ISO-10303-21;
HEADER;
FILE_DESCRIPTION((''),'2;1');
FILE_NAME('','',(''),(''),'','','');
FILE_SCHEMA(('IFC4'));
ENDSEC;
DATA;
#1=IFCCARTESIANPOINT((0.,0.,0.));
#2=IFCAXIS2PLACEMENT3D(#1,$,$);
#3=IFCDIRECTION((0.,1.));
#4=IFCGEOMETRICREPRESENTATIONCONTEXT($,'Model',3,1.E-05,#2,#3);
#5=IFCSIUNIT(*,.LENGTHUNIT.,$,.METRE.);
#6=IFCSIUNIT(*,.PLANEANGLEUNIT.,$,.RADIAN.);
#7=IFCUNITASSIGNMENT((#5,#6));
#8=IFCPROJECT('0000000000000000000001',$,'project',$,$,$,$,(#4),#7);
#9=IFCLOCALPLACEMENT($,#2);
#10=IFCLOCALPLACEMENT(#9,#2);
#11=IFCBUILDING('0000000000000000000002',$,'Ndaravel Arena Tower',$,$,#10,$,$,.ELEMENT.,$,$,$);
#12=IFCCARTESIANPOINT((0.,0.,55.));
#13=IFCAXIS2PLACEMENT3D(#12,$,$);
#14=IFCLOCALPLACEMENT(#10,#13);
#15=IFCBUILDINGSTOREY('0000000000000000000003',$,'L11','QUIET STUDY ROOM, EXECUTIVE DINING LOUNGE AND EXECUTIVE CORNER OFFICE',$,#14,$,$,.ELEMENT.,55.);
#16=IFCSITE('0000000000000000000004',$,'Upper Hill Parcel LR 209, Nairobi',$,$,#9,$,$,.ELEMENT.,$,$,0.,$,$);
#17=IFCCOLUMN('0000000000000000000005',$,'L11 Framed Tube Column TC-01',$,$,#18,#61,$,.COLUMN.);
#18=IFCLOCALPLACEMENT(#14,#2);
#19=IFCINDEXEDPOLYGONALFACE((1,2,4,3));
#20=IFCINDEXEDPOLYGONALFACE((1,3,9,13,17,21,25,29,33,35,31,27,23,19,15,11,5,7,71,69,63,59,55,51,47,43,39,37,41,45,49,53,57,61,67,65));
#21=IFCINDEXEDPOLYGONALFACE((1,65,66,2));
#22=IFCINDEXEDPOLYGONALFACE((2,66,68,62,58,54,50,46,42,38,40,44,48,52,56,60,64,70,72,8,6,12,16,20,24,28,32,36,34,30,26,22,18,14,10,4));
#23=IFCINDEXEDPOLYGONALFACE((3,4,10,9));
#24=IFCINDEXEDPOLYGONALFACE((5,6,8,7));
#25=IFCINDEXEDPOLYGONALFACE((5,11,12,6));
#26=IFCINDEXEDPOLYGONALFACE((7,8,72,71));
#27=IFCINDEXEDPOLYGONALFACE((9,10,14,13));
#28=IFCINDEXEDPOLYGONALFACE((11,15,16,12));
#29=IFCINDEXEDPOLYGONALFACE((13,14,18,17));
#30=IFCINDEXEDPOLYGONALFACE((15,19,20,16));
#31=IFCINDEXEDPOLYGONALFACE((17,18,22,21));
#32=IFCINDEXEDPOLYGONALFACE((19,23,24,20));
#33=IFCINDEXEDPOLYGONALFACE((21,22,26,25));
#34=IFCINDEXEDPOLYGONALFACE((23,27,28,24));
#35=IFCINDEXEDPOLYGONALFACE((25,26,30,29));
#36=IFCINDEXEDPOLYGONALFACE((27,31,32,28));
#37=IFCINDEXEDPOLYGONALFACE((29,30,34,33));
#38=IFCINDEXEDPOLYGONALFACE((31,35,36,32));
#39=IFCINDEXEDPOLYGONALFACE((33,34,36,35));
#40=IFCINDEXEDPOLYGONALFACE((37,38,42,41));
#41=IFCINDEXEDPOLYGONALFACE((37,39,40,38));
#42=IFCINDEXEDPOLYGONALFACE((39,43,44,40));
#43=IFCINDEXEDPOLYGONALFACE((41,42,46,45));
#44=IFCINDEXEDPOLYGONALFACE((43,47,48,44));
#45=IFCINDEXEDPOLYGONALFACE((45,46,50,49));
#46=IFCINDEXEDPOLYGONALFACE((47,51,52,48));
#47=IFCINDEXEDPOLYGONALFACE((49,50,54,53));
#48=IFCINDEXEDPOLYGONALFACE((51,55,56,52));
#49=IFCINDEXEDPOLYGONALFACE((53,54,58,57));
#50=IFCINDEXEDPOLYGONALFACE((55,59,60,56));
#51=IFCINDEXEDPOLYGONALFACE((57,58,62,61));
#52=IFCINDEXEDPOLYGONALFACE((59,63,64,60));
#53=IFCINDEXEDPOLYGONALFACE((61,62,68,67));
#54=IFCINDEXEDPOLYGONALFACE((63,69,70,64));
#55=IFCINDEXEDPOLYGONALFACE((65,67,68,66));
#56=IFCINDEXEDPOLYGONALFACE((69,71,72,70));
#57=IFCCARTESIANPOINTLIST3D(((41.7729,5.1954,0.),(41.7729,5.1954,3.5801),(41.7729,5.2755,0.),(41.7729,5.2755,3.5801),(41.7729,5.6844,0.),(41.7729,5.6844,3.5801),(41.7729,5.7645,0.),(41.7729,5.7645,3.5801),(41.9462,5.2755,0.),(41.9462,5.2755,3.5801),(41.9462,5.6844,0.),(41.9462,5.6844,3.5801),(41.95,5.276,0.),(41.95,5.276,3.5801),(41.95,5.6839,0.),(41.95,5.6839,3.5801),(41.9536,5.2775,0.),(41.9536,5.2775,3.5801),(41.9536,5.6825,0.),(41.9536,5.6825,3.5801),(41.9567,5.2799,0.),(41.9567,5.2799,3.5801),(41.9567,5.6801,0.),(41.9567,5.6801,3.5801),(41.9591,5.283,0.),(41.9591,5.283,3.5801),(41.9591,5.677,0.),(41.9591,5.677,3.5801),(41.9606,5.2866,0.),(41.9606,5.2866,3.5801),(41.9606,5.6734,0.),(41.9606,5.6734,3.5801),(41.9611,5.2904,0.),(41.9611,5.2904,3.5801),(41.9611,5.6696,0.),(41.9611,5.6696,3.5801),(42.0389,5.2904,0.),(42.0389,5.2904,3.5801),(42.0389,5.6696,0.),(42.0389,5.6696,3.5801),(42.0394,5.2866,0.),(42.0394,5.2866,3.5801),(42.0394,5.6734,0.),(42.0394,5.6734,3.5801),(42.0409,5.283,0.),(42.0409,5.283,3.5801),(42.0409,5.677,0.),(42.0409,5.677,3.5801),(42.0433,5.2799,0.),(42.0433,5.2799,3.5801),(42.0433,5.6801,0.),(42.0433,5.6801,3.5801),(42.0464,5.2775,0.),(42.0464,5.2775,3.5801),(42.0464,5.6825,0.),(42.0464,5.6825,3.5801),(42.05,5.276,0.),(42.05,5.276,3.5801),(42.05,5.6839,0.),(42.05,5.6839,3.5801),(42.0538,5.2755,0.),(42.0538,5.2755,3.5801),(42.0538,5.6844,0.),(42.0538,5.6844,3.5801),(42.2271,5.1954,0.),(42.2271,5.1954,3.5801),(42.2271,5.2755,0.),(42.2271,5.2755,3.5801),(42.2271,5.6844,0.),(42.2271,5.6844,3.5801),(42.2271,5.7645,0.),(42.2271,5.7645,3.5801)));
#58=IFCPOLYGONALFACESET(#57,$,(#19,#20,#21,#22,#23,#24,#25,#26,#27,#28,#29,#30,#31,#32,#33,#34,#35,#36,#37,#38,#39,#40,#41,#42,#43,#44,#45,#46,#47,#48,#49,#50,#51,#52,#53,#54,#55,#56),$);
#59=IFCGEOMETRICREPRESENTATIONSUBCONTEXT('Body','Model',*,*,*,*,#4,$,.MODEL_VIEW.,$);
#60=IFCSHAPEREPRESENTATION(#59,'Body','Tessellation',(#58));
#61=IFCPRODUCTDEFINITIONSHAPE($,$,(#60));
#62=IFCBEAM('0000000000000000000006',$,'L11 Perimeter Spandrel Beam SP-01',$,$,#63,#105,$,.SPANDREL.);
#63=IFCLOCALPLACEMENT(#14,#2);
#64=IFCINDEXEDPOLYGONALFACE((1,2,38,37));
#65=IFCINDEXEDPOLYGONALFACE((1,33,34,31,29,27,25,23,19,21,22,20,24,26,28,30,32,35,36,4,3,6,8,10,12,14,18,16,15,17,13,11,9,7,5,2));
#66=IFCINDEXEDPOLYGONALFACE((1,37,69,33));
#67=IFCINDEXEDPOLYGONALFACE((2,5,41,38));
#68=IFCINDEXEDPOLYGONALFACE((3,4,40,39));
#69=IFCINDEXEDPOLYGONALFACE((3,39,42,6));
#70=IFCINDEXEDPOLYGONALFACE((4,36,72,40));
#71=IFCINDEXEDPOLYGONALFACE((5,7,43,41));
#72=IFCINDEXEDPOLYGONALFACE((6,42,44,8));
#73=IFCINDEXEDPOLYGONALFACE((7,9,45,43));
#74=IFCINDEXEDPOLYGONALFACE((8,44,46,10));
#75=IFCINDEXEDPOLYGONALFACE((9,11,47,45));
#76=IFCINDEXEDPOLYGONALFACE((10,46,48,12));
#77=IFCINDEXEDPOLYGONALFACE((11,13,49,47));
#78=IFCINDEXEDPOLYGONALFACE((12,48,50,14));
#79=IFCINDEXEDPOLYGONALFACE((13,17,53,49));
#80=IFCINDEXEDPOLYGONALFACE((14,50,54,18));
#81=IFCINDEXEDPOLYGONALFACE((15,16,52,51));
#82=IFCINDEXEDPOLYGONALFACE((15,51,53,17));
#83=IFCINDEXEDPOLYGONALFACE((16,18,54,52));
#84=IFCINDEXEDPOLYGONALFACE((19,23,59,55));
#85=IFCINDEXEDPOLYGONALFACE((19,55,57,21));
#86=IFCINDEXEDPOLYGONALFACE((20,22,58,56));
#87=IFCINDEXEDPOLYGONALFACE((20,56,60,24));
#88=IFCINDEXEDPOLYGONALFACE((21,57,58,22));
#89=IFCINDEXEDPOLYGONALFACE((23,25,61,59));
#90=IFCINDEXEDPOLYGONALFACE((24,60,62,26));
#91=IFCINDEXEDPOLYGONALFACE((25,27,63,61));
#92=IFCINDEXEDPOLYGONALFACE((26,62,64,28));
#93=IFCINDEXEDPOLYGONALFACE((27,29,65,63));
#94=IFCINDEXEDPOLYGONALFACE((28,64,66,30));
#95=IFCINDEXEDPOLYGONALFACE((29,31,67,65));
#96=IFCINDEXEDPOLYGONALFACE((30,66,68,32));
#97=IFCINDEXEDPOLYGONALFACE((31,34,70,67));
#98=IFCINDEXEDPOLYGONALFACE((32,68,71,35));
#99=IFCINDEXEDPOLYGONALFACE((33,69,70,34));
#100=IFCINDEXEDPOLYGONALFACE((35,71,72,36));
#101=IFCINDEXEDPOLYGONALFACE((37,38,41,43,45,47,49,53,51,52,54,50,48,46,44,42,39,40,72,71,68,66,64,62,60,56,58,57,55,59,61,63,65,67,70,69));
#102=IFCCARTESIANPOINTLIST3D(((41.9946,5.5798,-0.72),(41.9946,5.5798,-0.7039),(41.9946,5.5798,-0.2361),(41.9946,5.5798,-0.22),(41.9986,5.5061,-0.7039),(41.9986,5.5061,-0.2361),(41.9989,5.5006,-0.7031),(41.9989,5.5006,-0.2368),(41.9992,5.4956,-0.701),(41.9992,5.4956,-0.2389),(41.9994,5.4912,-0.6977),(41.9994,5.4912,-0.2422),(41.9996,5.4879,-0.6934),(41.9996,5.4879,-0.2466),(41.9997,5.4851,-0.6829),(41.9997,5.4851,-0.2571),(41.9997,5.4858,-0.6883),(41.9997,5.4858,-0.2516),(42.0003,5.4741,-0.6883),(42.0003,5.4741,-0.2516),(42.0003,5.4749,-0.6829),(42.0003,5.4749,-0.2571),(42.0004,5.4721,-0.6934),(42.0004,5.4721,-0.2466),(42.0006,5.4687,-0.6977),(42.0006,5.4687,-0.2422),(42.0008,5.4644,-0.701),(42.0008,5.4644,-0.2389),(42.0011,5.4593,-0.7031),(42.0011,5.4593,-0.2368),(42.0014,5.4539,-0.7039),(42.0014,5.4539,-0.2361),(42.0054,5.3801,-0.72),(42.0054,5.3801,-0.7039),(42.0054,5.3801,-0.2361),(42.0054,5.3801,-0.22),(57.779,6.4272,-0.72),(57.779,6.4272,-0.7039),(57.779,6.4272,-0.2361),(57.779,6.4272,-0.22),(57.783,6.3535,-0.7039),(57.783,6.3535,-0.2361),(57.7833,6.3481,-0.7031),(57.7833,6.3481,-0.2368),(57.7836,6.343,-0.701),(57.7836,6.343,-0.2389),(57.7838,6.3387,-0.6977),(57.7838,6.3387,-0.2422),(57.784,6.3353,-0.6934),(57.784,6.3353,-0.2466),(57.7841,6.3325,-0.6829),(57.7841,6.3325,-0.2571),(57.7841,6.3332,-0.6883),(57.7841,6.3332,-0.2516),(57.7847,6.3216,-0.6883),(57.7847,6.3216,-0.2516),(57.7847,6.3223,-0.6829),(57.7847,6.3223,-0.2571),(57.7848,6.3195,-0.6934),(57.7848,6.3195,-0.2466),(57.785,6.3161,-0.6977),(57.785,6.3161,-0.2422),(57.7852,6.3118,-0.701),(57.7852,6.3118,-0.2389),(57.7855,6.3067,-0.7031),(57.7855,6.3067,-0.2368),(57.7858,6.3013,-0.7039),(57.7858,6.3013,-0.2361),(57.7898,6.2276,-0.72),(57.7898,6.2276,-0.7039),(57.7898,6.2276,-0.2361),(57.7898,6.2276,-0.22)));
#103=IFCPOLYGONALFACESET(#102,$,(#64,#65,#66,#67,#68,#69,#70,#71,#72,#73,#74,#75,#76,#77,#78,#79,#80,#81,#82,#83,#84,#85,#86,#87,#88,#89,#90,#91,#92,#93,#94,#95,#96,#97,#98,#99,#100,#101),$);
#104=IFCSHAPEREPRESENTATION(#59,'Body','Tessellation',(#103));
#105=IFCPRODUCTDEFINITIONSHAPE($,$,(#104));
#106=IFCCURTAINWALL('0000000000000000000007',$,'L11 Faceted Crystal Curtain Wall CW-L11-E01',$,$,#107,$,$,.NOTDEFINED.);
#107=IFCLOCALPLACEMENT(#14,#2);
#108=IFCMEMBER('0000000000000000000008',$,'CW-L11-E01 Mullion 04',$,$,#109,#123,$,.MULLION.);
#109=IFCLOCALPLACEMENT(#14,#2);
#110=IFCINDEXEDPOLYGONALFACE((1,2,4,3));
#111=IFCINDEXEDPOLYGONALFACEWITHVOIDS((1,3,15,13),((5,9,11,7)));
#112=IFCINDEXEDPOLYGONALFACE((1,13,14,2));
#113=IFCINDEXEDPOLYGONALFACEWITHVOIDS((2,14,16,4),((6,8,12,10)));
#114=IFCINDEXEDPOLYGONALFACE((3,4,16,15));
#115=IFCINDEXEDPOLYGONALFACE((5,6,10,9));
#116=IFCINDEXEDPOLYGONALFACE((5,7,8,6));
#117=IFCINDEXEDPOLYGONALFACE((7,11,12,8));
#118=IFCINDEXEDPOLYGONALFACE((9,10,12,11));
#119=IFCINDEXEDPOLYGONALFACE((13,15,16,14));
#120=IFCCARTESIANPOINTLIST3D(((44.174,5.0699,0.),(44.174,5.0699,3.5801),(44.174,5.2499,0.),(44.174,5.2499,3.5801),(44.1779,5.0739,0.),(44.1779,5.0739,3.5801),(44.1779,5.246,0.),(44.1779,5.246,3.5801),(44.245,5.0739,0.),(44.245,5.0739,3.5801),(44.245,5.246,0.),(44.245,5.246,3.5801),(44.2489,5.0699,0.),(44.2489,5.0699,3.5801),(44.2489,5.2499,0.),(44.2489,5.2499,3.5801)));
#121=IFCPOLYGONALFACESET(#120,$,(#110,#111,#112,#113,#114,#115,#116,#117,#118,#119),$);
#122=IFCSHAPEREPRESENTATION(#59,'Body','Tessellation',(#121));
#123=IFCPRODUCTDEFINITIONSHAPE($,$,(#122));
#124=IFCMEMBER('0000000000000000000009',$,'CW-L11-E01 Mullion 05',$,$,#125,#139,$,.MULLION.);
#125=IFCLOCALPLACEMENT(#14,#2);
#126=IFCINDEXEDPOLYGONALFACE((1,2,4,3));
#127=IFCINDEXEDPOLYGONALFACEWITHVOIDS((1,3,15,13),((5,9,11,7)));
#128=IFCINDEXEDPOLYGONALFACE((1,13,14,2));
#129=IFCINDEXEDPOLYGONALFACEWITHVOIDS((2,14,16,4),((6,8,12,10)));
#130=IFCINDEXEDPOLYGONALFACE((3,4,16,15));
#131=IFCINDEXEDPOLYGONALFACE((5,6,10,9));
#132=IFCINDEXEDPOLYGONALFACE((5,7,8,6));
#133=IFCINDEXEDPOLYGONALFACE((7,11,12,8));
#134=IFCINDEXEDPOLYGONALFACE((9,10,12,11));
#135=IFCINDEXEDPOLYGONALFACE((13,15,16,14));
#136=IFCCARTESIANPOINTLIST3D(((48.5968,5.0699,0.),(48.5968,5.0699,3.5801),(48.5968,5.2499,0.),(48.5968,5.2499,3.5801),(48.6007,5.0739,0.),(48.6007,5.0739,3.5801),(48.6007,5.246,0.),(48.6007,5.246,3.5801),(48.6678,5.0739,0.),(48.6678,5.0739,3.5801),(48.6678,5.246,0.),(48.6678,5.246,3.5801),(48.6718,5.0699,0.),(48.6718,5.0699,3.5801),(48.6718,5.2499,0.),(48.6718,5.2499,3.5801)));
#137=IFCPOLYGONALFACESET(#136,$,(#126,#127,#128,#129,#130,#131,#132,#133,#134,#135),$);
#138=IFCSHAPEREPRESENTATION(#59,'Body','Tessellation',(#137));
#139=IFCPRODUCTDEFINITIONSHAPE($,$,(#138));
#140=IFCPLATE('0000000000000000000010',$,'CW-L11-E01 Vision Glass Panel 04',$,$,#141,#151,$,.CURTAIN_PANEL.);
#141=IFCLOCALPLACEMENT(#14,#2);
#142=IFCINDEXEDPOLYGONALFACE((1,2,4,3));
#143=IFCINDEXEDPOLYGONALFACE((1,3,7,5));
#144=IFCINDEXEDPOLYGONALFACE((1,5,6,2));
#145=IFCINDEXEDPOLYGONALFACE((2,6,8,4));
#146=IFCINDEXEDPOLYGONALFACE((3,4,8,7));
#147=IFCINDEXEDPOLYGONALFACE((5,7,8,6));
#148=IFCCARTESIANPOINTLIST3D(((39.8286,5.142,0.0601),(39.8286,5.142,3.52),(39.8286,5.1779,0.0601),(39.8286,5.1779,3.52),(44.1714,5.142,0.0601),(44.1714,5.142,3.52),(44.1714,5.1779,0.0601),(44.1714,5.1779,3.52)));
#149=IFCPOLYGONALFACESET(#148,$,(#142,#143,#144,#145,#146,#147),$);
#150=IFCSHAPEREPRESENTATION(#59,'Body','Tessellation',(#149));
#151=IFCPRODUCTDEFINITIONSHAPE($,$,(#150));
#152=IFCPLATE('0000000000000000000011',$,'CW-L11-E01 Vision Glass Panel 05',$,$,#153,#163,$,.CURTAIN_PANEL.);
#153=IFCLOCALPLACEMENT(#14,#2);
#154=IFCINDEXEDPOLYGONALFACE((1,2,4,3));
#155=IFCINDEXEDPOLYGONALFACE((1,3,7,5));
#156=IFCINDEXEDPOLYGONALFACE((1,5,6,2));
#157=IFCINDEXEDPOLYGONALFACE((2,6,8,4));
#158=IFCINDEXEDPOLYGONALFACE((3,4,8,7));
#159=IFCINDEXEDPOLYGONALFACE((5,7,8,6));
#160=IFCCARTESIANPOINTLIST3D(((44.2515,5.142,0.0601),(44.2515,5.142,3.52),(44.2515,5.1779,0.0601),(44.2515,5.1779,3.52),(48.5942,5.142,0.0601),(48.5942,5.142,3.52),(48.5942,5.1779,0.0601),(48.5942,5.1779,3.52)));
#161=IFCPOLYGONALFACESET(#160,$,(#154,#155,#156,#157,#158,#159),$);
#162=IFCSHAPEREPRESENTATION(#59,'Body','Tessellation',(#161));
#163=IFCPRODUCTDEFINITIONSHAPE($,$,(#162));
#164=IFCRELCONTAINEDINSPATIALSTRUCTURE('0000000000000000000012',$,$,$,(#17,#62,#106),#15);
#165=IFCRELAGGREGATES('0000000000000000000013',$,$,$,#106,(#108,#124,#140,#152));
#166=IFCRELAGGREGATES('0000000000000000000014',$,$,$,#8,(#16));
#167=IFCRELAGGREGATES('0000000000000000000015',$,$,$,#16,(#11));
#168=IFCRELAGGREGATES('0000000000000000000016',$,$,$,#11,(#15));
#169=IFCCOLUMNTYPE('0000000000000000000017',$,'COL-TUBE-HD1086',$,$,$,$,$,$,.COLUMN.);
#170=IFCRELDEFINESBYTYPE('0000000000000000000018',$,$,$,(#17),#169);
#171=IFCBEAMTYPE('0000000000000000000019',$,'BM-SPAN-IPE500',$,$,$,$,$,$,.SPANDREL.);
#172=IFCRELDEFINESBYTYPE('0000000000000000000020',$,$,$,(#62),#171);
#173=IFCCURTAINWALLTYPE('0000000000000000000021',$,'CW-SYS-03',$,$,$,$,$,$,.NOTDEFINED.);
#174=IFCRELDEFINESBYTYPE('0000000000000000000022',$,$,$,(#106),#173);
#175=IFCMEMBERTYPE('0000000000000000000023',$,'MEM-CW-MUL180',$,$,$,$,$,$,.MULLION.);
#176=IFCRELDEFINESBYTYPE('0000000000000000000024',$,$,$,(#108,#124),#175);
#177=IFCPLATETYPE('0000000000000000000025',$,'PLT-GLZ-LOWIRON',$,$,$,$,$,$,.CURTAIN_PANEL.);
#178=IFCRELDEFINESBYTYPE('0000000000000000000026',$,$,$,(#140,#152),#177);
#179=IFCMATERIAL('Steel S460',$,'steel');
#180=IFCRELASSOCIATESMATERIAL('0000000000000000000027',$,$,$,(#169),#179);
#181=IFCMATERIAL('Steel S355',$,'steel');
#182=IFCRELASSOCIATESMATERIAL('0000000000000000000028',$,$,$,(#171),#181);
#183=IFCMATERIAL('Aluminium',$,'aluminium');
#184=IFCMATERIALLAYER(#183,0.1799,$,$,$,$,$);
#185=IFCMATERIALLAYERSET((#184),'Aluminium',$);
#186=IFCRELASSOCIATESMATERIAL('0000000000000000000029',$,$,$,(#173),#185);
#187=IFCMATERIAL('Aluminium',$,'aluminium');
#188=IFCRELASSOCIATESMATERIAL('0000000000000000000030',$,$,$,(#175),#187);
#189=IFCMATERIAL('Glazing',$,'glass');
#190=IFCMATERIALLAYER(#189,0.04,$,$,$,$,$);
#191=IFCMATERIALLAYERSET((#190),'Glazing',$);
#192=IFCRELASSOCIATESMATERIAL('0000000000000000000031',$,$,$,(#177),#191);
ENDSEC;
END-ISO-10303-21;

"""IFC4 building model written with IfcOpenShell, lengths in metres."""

from ifc_helpers import new_model, si_unit, direction, frame, origin, origin_2d, place, context, subcontext, project, spatial, rectangle, hollow_rectangle, i_section, extrude, material, layer, layer_set, material_profile, profile_set, type_object, element, aggregate, save


model = new_model("IFC4")

# Units and contexts
model_context = context("Model", 3, precision=1e-05, world=origin(), true_north=direction((0.0, 1.0)))
body_context = subcontext(model_context, "Body", "Model", "MODEL_VIEW")
ifc_project = project(units=[si_unit("LENGTHUNIT", "METRE"), si_unit("PLANEANGLEUNIT", "RADIAN")], contexts=[model_context])

# Site, building, storey
site_placement = place(None, origin())
site = spatial("IfcSite", under=ifc_project, at=site_placement, Name="Upper Hill Parcel LR 209, Nairobi", CompositionType="ELEMENT", RefElevation=0.0)
building_placement = place(site_placement, origin())
building = spatial("IfcBuilding", under=site, at=building_placement, Name="Ndaravel Arena Tower", CompositionType="ELEMENT")
storey_placement = place(building_placement, frame((0.0, 0.0, 55.0)))
storey = spatial("IfcBuildingStorey", under=building, at=storey_placement, Name="L11", Description="QUIET STUDY ROOM, EXECUTIVE DINING LOUNGE AND EXECUTIVE CORNER OFFICE", CompositionType="ELEMENT", Elevation=55.0)

# Column
ifc_material_1 = material(Name="Steel S460", Category="steel")
ifc_material_profile_1 = material_profile(ifc_material_1, i_section(OverallWidth=0.4541, OverallDepth=0.5691, WebThickness=0.0779, FlangeThickness=0.0801, FilletRadius=0.0149, at=origin_2d()), Name="HD 400x1086")
ifc_profile_set_1 = profile_set([ifc_material_profile_1], Name="Steel S460")
column_type = type_object("IfcColumnType", Name="COL-TUBE-HD1086", PredefinedType="COLUMN", material=ifc_profile_set_1)
column_placement = place(storey_placement, frame((42.0, 5.48, 0.0), z_axis=(0.0, 0.0, 1.0), x_axis=(1.0, 0.0, 0.0)))
element("IfcColumn", 1, at=column_placement, inside=storey, type_object=column_type, Name="L11 Framed Tube Column TC-01", PredefinedType="COLUMN", context=body_context, shape_type="SweptSolid", body=[
    extrude(i_section(OverallWidth=0.4541, OverallDepth=0.5691, WebThickness=0.0779, FlangeThickness=0.0801, FilletRadius=0.0149, at=origin_2d()), origin(), (0.0, 0.0, 1.0), 3.5801),
])

# Beam
ifc_material_2 = material(Name="Steel S355", Category="steel")
ifc_material_profile_2 = material_profile(ifc_material_2, i_section(OverallWidth=0.2, OverallDepth=0.5, WebThickness=0.0103, FlangeThickness=0.0161, FilletRadius=0.021, at=origin_2d()), Name="IPE 500")
ifc_profile_set_2 = profile_set([ifc_material_profile_2], Name="Steel S355")
beam_type = type_object("IfcBeamType", Name="BM-SPAN-IPE500", PredefinedType="SPANDREL", material=ifc_profile_set_2)
beam_placement = place(storey_placement, frame((42.0, 5.48, -0.47), z_axis=(0.998562, 0.053609, 0.0), x_axis=(-0.053609, 0.998562, 0.0)))
element("IfcBeam", 2, at=beam_placement, inside=storey, type_object=beam_type, Name="L11 Perimeter Spandrel Beam SP-01", PredefinedType="SPANDREL", context=body_context, shape_type="SweptSolid", body=[
    extrude(i_section(OverallWidth=0.2, OverallDepth=0.5, WebThickness=0.0103, FlangeThickness=0.0161, FilletRadius=0.021, at=origin_2d()), origin(), (0.0, 0.0, 1.0), 15.8071),
])

# Curtain wall, members, plates
ifc_material_3 = material(Name="Aluminium", Category="aluminium")
ifc_layer_1 = layer(ifc_material_3, 0.1799)
ifc_layer_set_1 = layer_set([ifc_layer_1], Name="Aluminium")
curtain_wall_type = type_object("IfcCurtainWallType", Name="CW-SYS-03", PredefinedType="NOTDEFINED", material=ifc_layer_set_1)
curtain_wall_placement = place(storey_placement, origin())
curtain_wall = element("IfcCurtainWall", 3, at=curtain_wall_placement, inside=storey, type_object=curtain_wall_type, Name="L11 Faceted Crystal Curtain Wall CW-L11-E01", PredefinedType="NOTDEFINED")
ifc_material_4 = material(Name="Aluminium", Category="aluminium")
ifc_material_profile_3 = material_profile(ifc_material_4, hollow_rectangle(XDim=0.075, YDim=0.1799, WallThickness=0.0039, at=origin_2d()), Name="CW MULLION 75x180x4")
ifc_profile_set_3 = profile_set([ifc_material_profile_3], Name="Aluminium")
member_type = type_object("IfcMemberType", Name="MEM-CW-MUL180", PredefinedType="MULLION", material=ifc_profile_set_3)
member_1_placement = place(storey_placement, frame((44.2114, 5.1599, 0.0), z_axis=(0.0, 0.0, 1.0), x_axis=(1.0, 0.0, 0.0)))
member_1 = element("IfcMember", 4, at=member_1_placement, type_object=member_type, Name="CW-L11-E01 Mullion 04", PredefinedType="MULLION", context=body_context, shape_type="SweptSolid", body=[
    extrude(hollow_rectangle(XDim=0.075, YDim=0.1799, WallThickness=0.0039, at=origin_2d()), origin(), (0.0, 0.0, 1.0), 3.5801),
])
member_2_placement = place(storey_placement, frame((48.6343, 5.1599, 0.0), z_axis=(0.0, 0.0, 1.0), x_axis=(1.0, 0.0, 0.0)))
member_2 = element("IfcMember", 5, at=member_2_placement, type_object=member_type, Name="CW-L11-E01 Mullion 05", PredefinedType="MULLION", context=body_context, shape_type="SweptSolid", body=[
    extrude(hollow_rectangle(XDim=0.075, YDim=0.1799, WallThickness=0.0039, at=origin_2d()), origin(), (0.0, 0.0, 1.0), 3.5801),
])
ifc_material_5 = material(Name="Glazing", Category="glass")
ifc_layer_2 = layer(ifc_material_5, 0.04)
ifc_layer_set_2 = layer_set([ifc_layer_2], Name="Glazing")
plate_type = type_object("IfcPlateType", Name="PLT-GLZ-LOWIRON", PredefinedType="CURTAIN_PANEL", material=ifc_layer_set_2)
plate_1_placement = place(storey_placement, frame((42.0, 5.1599, 0.0601), z_axis=(0.0, 0.0, 1.0), x_axis=(1.0, 0.0, 0.0)))
plate_1 = element("IfcPlate", 6, at=plate_1_placement, type_object=plate_type, Name="CW-L11-E01 Vision Glass Panel 04", PredefinedType="CURTAIN_PANEL", context=body_context, shape_type="SweptSolid", body=[
    extrude(rectangle(XDim=4.3428, YDim=0.0359, at=origin_2d()), origin(), (0.0, 0.0, 1.0), 3.46),
])
plate_2_placement = place(storey_placement, frame((46.4229, 5.1599, 0.0601), z_axis=(0.0, 0.0, 1.0), x_axis=(1.0, 0.0, 0.0)))
plate_2 = element("IfcPlate", 7, at=plate_2_placement, type_object=plate_type, Name="CW-L11-E01 Vision Glass Panel 05", PredefinedType="CURTAIN_PANEL", context=body_context, shape_type="SweptSolid", body=[
    extrude(rectangle(XDim=4.3428, YDim=0.0359, at=origin_2d()), origin(), (0.0, 0.0, 1.0), 3.46),
])
aggregate(curtain_wall, [member_1, member_2, plate_1, plate_2])

save(model, "model.ifc")
